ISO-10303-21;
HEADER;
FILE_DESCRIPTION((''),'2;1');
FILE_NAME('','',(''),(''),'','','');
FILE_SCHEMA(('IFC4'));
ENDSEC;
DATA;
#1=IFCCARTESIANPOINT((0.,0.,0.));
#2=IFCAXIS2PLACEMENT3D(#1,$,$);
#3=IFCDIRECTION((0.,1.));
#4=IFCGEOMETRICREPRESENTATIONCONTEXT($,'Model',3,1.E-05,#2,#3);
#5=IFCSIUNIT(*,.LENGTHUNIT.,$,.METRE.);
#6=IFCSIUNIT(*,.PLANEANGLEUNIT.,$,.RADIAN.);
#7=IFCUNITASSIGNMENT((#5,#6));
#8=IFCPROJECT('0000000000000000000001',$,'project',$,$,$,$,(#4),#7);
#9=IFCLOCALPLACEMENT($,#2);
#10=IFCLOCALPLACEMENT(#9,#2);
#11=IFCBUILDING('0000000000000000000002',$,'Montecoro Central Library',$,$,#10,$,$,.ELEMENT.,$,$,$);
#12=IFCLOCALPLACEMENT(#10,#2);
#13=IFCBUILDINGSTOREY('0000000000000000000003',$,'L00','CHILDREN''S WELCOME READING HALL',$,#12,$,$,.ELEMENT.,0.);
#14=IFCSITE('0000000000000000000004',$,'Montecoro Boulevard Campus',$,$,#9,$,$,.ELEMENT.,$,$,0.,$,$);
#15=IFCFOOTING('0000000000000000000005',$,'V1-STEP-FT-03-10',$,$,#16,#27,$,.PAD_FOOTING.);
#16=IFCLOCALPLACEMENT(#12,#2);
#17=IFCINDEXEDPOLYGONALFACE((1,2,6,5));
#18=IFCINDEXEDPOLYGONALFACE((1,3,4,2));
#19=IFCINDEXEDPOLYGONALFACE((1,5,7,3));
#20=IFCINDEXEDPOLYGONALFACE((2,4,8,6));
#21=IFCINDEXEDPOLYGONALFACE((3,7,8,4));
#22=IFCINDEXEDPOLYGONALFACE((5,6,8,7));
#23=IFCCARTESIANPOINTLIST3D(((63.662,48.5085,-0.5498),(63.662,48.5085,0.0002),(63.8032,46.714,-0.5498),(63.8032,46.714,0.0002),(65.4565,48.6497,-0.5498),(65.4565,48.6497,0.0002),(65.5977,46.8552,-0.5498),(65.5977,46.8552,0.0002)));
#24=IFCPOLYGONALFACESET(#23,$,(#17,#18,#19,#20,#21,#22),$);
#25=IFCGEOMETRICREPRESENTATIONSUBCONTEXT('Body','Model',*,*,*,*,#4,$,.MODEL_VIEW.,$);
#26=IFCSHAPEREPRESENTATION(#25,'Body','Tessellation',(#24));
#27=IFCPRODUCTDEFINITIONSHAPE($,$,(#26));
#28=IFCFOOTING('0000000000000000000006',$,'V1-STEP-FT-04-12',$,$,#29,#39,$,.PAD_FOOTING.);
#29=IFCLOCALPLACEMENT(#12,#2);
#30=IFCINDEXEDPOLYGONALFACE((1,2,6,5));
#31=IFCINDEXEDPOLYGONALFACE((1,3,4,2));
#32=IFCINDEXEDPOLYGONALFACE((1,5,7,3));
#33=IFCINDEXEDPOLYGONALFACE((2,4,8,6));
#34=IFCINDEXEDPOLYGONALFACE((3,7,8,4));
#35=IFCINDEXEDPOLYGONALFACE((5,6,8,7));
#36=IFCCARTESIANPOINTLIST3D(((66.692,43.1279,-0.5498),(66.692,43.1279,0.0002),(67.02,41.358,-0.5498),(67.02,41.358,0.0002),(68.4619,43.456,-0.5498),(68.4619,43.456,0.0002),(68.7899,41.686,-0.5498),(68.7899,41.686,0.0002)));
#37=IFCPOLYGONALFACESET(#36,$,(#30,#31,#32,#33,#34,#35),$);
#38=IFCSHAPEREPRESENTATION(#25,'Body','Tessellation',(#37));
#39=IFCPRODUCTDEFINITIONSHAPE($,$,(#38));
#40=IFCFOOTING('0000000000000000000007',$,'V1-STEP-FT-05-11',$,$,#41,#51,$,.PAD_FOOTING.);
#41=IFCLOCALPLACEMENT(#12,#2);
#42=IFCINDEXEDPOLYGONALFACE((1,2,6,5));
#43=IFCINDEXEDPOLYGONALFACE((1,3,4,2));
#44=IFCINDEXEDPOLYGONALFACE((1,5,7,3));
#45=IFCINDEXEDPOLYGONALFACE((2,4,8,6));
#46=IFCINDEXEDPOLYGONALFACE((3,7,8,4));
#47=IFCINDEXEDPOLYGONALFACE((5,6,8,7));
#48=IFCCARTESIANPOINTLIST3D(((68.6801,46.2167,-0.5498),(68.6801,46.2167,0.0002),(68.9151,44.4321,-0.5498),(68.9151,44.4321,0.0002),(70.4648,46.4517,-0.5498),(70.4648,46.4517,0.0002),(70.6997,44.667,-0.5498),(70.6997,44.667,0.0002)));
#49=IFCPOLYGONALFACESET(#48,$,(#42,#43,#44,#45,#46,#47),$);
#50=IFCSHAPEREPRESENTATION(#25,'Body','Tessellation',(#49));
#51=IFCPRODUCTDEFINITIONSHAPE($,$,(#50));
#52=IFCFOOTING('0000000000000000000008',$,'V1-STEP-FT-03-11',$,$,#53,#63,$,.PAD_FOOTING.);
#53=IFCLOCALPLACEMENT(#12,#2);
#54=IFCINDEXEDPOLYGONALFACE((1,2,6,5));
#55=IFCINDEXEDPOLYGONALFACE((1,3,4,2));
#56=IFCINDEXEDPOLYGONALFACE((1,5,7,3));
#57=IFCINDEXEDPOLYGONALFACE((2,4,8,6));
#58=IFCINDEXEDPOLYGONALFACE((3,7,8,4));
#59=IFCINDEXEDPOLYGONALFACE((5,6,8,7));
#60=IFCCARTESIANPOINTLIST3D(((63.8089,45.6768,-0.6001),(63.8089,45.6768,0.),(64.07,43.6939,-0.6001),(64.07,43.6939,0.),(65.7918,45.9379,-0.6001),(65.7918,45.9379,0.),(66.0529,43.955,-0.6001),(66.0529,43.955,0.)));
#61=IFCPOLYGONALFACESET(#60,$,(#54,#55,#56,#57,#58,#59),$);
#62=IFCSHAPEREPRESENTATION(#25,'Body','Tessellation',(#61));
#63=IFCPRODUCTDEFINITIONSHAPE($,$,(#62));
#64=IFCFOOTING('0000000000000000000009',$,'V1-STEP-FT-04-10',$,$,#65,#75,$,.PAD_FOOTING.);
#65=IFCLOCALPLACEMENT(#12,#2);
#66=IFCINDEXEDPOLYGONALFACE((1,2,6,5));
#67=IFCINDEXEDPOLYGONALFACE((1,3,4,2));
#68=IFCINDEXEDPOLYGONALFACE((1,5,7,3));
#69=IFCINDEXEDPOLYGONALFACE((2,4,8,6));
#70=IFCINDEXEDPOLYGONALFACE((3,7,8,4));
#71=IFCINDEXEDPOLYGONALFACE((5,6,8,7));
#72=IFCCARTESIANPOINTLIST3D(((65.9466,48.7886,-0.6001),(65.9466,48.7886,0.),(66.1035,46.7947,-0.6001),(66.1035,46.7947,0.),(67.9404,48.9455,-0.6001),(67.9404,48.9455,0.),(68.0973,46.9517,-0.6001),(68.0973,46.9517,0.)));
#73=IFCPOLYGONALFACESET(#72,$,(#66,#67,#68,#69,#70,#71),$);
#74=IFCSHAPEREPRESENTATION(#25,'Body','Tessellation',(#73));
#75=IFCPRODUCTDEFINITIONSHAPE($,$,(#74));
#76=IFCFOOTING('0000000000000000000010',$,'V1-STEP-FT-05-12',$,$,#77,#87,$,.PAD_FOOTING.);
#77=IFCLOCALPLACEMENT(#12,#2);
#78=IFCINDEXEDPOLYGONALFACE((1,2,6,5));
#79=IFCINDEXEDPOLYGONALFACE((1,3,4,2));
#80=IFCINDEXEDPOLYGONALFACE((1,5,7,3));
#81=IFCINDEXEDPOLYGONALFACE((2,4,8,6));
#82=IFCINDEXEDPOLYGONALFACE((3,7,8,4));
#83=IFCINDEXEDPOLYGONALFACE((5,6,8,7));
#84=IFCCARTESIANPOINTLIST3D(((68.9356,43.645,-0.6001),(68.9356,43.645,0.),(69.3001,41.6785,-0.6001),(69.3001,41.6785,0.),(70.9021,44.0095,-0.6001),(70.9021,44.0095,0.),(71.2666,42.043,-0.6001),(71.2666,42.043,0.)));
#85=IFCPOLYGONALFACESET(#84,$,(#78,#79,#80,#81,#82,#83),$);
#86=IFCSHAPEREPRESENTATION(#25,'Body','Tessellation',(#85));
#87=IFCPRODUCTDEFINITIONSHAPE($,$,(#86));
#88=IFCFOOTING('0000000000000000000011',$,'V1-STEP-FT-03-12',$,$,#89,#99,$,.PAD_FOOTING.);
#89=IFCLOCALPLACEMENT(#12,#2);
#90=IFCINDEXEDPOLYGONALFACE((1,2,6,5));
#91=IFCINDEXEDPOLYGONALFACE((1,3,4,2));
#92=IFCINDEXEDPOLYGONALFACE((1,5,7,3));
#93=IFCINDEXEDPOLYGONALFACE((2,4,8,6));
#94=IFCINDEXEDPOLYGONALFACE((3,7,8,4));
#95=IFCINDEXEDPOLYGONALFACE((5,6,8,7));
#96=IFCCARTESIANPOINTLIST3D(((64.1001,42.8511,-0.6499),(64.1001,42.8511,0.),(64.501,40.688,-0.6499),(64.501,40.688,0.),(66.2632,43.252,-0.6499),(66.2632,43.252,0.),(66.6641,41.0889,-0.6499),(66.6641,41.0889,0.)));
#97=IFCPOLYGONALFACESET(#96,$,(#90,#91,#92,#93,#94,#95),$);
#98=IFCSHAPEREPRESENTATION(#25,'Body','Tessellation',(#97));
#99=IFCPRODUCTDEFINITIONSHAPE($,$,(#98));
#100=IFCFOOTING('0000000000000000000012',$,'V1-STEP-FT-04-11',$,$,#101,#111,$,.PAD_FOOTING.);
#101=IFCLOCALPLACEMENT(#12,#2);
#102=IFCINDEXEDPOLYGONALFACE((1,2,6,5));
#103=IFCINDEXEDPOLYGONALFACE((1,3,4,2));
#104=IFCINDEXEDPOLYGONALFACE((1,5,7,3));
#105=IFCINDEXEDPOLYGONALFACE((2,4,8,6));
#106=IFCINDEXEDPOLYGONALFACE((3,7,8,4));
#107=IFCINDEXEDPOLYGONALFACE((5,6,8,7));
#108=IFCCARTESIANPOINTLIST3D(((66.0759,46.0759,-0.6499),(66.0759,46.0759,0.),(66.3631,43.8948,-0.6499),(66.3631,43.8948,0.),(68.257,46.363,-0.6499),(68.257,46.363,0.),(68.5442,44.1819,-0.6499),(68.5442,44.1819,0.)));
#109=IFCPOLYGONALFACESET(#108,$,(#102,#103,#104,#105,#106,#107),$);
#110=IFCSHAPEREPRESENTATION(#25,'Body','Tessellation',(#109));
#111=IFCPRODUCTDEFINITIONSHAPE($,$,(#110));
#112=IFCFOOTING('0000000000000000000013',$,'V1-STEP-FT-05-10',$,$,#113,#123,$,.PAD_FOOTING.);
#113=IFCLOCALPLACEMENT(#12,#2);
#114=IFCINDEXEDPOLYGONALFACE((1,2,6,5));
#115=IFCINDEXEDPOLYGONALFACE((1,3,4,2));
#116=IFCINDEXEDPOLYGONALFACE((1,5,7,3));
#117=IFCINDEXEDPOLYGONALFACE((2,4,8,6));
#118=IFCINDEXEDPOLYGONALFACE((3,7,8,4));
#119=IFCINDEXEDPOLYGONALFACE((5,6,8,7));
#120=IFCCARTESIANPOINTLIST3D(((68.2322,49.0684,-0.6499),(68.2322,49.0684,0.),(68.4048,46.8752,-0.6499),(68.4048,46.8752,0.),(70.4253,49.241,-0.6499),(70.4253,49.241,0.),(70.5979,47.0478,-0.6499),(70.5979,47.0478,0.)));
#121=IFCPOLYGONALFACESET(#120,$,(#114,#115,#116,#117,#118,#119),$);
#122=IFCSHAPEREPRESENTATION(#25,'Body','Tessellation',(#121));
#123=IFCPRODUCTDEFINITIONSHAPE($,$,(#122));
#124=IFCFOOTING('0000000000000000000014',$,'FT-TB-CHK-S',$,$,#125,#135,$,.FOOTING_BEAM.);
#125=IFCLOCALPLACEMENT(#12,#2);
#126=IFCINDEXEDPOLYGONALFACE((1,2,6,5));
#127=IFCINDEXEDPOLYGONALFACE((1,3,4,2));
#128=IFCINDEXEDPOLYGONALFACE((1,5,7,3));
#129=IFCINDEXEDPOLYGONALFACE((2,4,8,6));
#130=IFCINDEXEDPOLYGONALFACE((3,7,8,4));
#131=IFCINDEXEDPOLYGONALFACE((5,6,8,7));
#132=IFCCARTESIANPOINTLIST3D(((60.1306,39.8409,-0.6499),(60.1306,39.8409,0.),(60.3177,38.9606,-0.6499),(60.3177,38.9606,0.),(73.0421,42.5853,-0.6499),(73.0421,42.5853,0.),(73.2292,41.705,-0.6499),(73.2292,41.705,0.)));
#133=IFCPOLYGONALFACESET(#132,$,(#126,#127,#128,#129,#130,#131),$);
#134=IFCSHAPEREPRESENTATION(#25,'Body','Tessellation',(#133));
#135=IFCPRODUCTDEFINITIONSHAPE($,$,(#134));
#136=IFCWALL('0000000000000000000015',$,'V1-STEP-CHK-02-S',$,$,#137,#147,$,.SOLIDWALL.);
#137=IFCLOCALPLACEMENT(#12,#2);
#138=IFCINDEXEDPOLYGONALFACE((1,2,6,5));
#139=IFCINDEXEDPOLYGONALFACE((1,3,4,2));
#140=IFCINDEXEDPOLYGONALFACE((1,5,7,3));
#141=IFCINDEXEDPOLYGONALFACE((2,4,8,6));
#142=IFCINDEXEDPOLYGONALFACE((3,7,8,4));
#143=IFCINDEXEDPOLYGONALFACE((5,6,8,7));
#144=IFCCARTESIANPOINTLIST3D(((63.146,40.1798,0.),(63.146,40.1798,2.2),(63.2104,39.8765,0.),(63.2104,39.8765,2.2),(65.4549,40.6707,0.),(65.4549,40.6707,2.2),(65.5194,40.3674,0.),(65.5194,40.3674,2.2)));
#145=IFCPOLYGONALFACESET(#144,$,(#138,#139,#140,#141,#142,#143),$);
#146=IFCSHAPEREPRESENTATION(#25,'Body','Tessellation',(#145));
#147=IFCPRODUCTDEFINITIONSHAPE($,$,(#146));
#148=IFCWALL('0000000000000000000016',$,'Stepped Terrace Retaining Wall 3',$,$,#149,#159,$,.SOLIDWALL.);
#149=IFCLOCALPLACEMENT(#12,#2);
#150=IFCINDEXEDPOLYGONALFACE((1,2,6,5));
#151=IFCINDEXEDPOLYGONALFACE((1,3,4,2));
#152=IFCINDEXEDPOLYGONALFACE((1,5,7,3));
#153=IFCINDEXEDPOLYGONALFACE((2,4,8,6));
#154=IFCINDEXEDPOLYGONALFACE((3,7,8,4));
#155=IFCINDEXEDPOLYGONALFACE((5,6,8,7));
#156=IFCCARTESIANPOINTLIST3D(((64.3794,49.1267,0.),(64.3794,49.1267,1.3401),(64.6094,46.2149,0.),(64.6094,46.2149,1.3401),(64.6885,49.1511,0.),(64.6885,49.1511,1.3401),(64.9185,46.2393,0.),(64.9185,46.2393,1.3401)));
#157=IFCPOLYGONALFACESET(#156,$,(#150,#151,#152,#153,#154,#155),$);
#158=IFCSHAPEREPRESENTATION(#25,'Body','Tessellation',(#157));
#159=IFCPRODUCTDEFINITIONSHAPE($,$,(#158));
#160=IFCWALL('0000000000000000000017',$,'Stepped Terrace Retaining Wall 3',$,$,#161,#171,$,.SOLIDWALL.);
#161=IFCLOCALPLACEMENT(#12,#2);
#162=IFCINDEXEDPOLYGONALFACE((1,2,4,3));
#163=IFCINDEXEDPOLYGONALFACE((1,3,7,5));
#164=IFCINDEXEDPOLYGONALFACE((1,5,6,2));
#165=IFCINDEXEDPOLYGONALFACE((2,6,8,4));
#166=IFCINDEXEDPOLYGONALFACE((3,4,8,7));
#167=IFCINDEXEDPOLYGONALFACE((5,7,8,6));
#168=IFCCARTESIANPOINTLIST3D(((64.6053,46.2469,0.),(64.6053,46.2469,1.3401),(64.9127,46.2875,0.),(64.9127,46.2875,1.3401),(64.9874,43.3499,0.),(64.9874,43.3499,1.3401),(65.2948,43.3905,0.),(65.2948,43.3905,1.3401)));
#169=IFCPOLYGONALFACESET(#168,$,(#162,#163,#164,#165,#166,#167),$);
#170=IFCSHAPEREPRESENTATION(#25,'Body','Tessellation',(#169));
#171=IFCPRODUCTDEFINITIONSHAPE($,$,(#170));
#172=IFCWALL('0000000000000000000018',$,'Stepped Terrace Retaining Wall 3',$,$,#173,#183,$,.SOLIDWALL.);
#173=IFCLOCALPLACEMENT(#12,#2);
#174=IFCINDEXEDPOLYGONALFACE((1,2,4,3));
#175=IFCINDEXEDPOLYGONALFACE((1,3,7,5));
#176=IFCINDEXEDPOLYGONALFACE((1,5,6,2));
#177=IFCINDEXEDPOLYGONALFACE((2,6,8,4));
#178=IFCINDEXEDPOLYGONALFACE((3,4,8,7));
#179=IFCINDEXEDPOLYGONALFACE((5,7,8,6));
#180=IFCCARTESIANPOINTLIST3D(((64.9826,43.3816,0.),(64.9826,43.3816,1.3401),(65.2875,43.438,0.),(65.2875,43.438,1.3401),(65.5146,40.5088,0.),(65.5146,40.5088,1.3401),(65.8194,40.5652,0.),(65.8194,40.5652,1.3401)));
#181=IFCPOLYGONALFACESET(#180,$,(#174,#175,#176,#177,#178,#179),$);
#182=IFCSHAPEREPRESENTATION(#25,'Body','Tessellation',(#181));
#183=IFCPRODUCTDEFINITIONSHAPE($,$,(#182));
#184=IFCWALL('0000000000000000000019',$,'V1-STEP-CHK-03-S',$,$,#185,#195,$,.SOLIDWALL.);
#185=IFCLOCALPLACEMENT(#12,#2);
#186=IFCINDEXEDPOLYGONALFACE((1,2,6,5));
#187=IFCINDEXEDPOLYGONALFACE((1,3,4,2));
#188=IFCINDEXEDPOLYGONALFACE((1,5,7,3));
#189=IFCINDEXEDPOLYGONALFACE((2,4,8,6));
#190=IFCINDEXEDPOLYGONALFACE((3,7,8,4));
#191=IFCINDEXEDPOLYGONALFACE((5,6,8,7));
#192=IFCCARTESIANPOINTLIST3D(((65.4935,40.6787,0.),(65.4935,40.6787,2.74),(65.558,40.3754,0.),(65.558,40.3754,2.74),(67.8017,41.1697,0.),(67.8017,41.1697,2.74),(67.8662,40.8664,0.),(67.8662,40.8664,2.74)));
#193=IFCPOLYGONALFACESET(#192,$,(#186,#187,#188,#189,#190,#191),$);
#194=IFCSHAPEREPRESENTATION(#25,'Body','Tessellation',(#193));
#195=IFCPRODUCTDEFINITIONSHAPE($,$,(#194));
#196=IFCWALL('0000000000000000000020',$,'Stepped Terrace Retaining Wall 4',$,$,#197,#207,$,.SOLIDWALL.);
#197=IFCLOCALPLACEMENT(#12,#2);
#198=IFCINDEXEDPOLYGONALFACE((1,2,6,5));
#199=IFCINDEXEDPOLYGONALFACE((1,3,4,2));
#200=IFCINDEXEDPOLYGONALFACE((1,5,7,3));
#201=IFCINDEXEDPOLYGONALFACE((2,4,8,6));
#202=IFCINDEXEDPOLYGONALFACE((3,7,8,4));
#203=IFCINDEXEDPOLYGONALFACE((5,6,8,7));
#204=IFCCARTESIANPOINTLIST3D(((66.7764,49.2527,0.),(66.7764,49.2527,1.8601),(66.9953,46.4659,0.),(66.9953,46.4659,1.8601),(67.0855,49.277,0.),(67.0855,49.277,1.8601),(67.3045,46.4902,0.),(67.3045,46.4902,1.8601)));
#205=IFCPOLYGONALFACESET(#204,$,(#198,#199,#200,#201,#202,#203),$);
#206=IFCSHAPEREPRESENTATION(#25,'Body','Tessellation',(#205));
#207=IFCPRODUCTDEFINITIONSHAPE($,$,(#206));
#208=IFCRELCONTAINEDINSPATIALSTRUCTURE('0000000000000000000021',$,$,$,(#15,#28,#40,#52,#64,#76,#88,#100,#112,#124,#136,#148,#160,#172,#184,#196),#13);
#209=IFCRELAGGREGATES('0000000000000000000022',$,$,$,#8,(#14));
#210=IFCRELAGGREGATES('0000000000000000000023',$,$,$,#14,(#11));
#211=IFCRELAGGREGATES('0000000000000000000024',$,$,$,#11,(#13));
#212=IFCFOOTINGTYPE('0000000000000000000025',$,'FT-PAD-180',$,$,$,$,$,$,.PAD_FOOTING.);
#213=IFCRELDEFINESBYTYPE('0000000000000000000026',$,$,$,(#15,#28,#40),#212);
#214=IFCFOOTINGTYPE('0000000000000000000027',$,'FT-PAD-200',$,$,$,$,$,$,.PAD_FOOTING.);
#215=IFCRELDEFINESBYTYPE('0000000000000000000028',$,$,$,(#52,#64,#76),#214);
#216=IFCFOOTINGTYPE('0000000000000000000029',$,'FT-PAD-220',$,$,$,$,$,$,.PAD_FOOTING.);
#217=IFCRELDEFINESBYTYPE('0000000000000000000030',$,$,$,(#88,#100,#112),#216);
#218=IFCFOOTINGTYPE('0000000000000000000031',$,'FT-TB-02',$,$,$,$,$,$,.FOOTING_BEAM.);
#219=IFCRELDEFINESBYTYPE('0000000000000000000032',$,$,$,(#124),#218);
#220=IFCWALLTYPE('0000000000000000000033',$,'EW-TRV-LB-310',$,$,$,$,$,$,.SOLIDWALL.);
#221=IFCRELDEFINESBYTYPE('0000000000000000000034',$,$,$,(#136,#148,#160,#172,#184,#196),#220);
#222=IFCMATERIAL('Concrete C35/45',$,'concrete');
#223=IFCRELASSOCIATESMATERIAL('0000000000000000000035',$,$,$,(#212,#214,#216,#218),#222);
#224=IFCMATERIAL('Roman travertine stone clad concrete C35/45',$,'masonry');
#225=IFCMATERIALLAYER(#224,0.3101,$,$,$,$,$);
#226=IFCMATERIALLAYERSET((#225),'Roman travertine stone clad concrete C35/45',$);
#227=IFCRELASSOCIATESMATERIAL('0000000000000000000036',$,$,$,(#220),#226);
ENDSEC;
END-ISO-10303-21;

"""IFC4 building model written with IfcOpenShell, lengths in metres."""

from ifc_helpers import new_model, si_unit, direction, frame, frame_2d, origin, origin_2d, place, context, subcontext, project, spatial, rectangle, extrude, material, layer, layer_set, type_object, element, save


model = new_model("IFC4")

# Units and contexts
model_context = context("Model", 3, precision=1e-05, world=origin(), true_north=direction((0.0, 1.0)))
body_context = subcontext(model_context, "Body", "Model", "MODEL_VIEW")
ifc_project = project(units=[si_unit("LENGTHUNIT", "METRE"), si_unit("PLANEANGLEUNIT", "RADIAN")], contexts=[model_context])

# Site, building, storey
site_placement = place(None, origin())
site = spatial("IfcSite", under=ifc_project, at=site_placement, Name="Montecoro Boulevard Campus", CompositionType="ELEMENT", RefElevation=0.0)
building_placement = place(site_placement, origin())
building = spatial("IfcBuilding", under=site, at=building_placement, Name="Montecoro Central Library", CompositionType="ELEMENT")
storey_placement = place(building_placement, origin())
storey = spatial("IfcBuildingStorey", under=building, at=storey_placement, Name="L00", Description="CHILDREN'S WELCOME READING HALL", CompositionType="ELEMENT", Elevation=0.0)

# Footings
ifc_material_1 = material(Name="Concrete C35/45", Category="concrete")
footing_type_1 = type_object("IfcFootingType", Name="FT-PAD-180", PredefinedType="PAD_FOOTING", material=ifc_material_1)
for number, where, z_axis, x_axis, name in (
    (1, (64.6299, 47.6819, -0.5498), (0.0, 0.0, 1.0), (0.078459, -0.996917, 0.0), "V1-STEP-FT-03-10"),
    (2, (67.741, 42.407, -0.5498), (0.0, 0.0, 1.0), (0.182236, -0.983255, 0.0), "V1-STEP-FT-04-12"),
    (3, (69.6899, 45.4419, -0.5498), (0.0, 0.0, 1.0), (0.130526, -0.991445, 0.0), "V1-STEP-FT-05-11"),
):
    element("IfcFooting", number, at=place(storey_placement, frame(where, z_axis=z_axis, x_axis=x_axis)), inside=storey, type_object=footing_type_1, Name=name, PredefinedType="PAD_FOOTING", context=body_context, shape_type="SweptSolid", body=[
        extrude(rectangle(XDim=1.8, YDim=1.8, at=origin_2d()), origin(), (0.0, 0.0, 1.0), 0.55),
    ])
footing_type_2 = type_object("IfcFootingType", Name="FT-PAD-200", PredefinedType="PAD_FOOTING", material=ifc_material_1)
for number, where, z_axis, x_axis, name in (
    (4, (64.9309, 44.8159, -0.6001), (0.0, 0.0, 1.0), (0.130526, -0.991445, 0.0), "V1-STEP-FT-03-11"),
    (5, (67.022, 47.8701, -0.6001), (0.0, 0.0, 1.0), (0.078459, -0.996917, 0.0), "V1-STEP-FT-04-10"),
    (6, (70.1011, 42.844, -0.6001), (0.0, 0.0, 1.0), (0.182236, -0.983255, 0.0), "V1-STEP-FT-05-12"),
):
    element("IfcFooting", number, at=place(storey_placement, frame(where, z_axis=z_axis, x_axis=x_axis)), inside=storey, type_object=footing_type_2, Name=name, PredefinedType="PAD_FOOTING", context=body_context, shape_type="SweptSolid", body=[
        extrude(rectangle(XDim=2.0, YDim=2.0, at=origin_2d()), origin(), (0.0, 0.0, 1.0), 0.6001),
    ])
footing_type_3 = type_object("IfcFootingType", Name="FT-PAD-220", PredefinedType="PAD_FOOTING", material=ifc_material_1)
for number, where, z_axis, x_axis, name in (
    (7, (65.3821, 41.97, -0.6499), (0.0, 0.0, 1.0), (0.182236, -0.983255, 0.0), "V1-STEP-FT-03-12"),
    (8, (67.3101, 45.1289, -0.6499), (0.0, 0.0, 1.0), (0.130526, -0.991445, 0.0), "V1-STEP-FT-04-11"),
    (9, (69.415, 48.0581, -0.6499), (0.0, 0.0, 1.0), (0.078459, -0.996917, 0.0), "V1-STEP-FT-05-10"),
):
    element("IfcFooting", number, at=place(storey_placement, frame(where, z_axis=z_axis, x_axis=x_axis)), inside=storey, type_object=footing_type_3, Name=name, PredefinedType="PAD_FOOTING", context=body_context, shape_type="SweptSolid", body=[
        extrude(rectangle(XDim=2.2, YDim=2.2, at=origin_2d()), origin(), (0.0, 0.0, 1.0), 0.6499),
    ])
footing_type_4 = type_object("IfcFootingType", Name="FT-TB-02", PredefinedType="FOOTING_BEAM", material=ifc_material_1)
footing_placement = place(storey_placement, frame((66.6799, 40.7729, -0.6499), z_axis=(0.0, 0.0, 1.0), x_axis=(-0.978148, -0.207912, 0.0)))
element("IfcFooting", 10, at=footing_placement, inside=storey, type_object=footing_type_4, Name="FT-TB-CHK-S", PredefinedType="FOOTING_BEAM", context=body_context, shape_type="SweptSolid", body=[
    extrude(rectangle(XDim=13.2, YDim=0.8999, at=origin_2d()), origin(), (0.0, 0.0, 1.0), 0.6499),
])

# Walls
ifc_material_2 = material(Name="Roman travertine stone clad concrete C35/45", Category="masonry")
ifc_layer = layer(ifc_material_2, 0.3101)
ifc_layer_set = layer_set([ifc_layer], Name="Roman travertine stone clad concrete C35/45")
wall_type = type_object("IfcWallType", Name="EW-TRV-LB-310", PredefinedType="SOLIDWALL", material=ifc_layer_set)
wall_1_placement = place(storey_placement, frame((65.4871, 40.519, 0.0), z_axis=(0.0, 0.0, 1.0), x_axis=(-0.978134, -0.207975, 0.0)))
element("IfcWall", 11, at=wall_1_placement, inside=storey, type_object=wall_type, Name="V1-STEP-CHK-02-S", PredefinedType="SOLIDWALL", context=body_context, shape_type="SweptSolid", body=[
    extrude(rectangle(XDim=2.3606, YDim=0.3101, at=frame_2d((1.1802, 0.0))), origin(), (0.0, 0.0, 1.0), 2.2),
])
wall_2_placement = place(storey_placement, frame((64.5339, 49.1389, 0.0), z_axis=(0.0, 0.0, 1.0), x_axis=(0.078735, -0.996896, 0.0)))
element("IfcWall", 12, at=wall_2_placement, inside=storey, type_object=wall_type, Name="Stepped Terrace Retaining Wall 3", PredefinedType="SOLIDWALL", context=body_context, shape_type="SweptSolid", body=[
    extrude(rectangle(XDim=2.9209, YDim=0.3101, at=frame_2d((1.4604, 0.0))), origin(), (0.0, 0.0, 1.0), 1.3401),
])
wall_3_placement = place(storey_placement, frame((64.759, 46.2671, 0.0), z_axis=(0.0, 0.0, 1.0), x_axis=(0.130757, -0.991414, 0.0)))
element("IfcWall", 13, at=wall_3_placement, inside=storey, type_object=wall_type, Name="Stepped Terrace Retaining Wall 3", PredefinedType="SOLIDWALL", context=body_context, shape_type="SweptSolid", body=[
    extrude(rectangle(XDim=2.9221, YDim=0.3101, at=frame_2d((1.4609, 0.0))), origin(), (0.0, 0.0, 1.0), 1.3401),
])
wall_4_placement = place(storey_placement, frame((65.135, 43.4099, 0.0), z_axis=(0.0, 0.0, 1.0), x_axis=(0.182083, -0.983283, 0.0)))
element("IfcWall", 14, at=wall_4_placement, inside=storey, type_object=wall_type, Name="Stepped Terrace Retaining Wall 3", PredefinedType="SOLIDWALL", context=body_context, shape_type="SweptSolid", body=[
    extrude(rectangle(XDim=2.9216, YDim=0.3101, at=frame_2d((1.4609, 0.0))), origin(), (0.0, 0.0, 1.0), 1.3401),
])
wall_5_placement = place(storey_placement, frame((67.834, 41.0181, 0.0), z_axis=(0.0, 0.0, 1.0), x_axis=(-0.978116, -0.208059, 0.0)))
element("IfcWall", 15, at=wall_5_placement, inside=storey, type_object=wall_type, Name="V1-STEP-CHK-03-S", PredefinedType="SOLIDWALL", context=body_context, shape_type="SweptSolid", body=[
    extrude(rectangle(XDim=2.3599, YDim=0.3101, at=frame_2d((1.1799, 0.0))), origin(), (0.0, 0.0, 1.0), 2.74),
])
wall_6_placement = place(storey_placement, frame((66.9309, 49.2649, 0.0), z_axis=(0.0, 0.0, 1.0), x_axis=(0.078339, -0.996927, 0.0)))
element("IfcWall", 16, at=wall_6_placement, inside=storey, type_object=wall_type, Name="Stepped Terrace Retaining Wall 4", PredefinedType="SOLIDWALL", context=body_context, shape_type="SweptSolid", body=[
    extrude(rectangle(XDim=2.7954, YDim=0.3101, at=frame_2d((1.3977, 0.0))), origin(), (0.0, 0.0, 1.0), 1.8601),
])

save(model, "model.ifc")
